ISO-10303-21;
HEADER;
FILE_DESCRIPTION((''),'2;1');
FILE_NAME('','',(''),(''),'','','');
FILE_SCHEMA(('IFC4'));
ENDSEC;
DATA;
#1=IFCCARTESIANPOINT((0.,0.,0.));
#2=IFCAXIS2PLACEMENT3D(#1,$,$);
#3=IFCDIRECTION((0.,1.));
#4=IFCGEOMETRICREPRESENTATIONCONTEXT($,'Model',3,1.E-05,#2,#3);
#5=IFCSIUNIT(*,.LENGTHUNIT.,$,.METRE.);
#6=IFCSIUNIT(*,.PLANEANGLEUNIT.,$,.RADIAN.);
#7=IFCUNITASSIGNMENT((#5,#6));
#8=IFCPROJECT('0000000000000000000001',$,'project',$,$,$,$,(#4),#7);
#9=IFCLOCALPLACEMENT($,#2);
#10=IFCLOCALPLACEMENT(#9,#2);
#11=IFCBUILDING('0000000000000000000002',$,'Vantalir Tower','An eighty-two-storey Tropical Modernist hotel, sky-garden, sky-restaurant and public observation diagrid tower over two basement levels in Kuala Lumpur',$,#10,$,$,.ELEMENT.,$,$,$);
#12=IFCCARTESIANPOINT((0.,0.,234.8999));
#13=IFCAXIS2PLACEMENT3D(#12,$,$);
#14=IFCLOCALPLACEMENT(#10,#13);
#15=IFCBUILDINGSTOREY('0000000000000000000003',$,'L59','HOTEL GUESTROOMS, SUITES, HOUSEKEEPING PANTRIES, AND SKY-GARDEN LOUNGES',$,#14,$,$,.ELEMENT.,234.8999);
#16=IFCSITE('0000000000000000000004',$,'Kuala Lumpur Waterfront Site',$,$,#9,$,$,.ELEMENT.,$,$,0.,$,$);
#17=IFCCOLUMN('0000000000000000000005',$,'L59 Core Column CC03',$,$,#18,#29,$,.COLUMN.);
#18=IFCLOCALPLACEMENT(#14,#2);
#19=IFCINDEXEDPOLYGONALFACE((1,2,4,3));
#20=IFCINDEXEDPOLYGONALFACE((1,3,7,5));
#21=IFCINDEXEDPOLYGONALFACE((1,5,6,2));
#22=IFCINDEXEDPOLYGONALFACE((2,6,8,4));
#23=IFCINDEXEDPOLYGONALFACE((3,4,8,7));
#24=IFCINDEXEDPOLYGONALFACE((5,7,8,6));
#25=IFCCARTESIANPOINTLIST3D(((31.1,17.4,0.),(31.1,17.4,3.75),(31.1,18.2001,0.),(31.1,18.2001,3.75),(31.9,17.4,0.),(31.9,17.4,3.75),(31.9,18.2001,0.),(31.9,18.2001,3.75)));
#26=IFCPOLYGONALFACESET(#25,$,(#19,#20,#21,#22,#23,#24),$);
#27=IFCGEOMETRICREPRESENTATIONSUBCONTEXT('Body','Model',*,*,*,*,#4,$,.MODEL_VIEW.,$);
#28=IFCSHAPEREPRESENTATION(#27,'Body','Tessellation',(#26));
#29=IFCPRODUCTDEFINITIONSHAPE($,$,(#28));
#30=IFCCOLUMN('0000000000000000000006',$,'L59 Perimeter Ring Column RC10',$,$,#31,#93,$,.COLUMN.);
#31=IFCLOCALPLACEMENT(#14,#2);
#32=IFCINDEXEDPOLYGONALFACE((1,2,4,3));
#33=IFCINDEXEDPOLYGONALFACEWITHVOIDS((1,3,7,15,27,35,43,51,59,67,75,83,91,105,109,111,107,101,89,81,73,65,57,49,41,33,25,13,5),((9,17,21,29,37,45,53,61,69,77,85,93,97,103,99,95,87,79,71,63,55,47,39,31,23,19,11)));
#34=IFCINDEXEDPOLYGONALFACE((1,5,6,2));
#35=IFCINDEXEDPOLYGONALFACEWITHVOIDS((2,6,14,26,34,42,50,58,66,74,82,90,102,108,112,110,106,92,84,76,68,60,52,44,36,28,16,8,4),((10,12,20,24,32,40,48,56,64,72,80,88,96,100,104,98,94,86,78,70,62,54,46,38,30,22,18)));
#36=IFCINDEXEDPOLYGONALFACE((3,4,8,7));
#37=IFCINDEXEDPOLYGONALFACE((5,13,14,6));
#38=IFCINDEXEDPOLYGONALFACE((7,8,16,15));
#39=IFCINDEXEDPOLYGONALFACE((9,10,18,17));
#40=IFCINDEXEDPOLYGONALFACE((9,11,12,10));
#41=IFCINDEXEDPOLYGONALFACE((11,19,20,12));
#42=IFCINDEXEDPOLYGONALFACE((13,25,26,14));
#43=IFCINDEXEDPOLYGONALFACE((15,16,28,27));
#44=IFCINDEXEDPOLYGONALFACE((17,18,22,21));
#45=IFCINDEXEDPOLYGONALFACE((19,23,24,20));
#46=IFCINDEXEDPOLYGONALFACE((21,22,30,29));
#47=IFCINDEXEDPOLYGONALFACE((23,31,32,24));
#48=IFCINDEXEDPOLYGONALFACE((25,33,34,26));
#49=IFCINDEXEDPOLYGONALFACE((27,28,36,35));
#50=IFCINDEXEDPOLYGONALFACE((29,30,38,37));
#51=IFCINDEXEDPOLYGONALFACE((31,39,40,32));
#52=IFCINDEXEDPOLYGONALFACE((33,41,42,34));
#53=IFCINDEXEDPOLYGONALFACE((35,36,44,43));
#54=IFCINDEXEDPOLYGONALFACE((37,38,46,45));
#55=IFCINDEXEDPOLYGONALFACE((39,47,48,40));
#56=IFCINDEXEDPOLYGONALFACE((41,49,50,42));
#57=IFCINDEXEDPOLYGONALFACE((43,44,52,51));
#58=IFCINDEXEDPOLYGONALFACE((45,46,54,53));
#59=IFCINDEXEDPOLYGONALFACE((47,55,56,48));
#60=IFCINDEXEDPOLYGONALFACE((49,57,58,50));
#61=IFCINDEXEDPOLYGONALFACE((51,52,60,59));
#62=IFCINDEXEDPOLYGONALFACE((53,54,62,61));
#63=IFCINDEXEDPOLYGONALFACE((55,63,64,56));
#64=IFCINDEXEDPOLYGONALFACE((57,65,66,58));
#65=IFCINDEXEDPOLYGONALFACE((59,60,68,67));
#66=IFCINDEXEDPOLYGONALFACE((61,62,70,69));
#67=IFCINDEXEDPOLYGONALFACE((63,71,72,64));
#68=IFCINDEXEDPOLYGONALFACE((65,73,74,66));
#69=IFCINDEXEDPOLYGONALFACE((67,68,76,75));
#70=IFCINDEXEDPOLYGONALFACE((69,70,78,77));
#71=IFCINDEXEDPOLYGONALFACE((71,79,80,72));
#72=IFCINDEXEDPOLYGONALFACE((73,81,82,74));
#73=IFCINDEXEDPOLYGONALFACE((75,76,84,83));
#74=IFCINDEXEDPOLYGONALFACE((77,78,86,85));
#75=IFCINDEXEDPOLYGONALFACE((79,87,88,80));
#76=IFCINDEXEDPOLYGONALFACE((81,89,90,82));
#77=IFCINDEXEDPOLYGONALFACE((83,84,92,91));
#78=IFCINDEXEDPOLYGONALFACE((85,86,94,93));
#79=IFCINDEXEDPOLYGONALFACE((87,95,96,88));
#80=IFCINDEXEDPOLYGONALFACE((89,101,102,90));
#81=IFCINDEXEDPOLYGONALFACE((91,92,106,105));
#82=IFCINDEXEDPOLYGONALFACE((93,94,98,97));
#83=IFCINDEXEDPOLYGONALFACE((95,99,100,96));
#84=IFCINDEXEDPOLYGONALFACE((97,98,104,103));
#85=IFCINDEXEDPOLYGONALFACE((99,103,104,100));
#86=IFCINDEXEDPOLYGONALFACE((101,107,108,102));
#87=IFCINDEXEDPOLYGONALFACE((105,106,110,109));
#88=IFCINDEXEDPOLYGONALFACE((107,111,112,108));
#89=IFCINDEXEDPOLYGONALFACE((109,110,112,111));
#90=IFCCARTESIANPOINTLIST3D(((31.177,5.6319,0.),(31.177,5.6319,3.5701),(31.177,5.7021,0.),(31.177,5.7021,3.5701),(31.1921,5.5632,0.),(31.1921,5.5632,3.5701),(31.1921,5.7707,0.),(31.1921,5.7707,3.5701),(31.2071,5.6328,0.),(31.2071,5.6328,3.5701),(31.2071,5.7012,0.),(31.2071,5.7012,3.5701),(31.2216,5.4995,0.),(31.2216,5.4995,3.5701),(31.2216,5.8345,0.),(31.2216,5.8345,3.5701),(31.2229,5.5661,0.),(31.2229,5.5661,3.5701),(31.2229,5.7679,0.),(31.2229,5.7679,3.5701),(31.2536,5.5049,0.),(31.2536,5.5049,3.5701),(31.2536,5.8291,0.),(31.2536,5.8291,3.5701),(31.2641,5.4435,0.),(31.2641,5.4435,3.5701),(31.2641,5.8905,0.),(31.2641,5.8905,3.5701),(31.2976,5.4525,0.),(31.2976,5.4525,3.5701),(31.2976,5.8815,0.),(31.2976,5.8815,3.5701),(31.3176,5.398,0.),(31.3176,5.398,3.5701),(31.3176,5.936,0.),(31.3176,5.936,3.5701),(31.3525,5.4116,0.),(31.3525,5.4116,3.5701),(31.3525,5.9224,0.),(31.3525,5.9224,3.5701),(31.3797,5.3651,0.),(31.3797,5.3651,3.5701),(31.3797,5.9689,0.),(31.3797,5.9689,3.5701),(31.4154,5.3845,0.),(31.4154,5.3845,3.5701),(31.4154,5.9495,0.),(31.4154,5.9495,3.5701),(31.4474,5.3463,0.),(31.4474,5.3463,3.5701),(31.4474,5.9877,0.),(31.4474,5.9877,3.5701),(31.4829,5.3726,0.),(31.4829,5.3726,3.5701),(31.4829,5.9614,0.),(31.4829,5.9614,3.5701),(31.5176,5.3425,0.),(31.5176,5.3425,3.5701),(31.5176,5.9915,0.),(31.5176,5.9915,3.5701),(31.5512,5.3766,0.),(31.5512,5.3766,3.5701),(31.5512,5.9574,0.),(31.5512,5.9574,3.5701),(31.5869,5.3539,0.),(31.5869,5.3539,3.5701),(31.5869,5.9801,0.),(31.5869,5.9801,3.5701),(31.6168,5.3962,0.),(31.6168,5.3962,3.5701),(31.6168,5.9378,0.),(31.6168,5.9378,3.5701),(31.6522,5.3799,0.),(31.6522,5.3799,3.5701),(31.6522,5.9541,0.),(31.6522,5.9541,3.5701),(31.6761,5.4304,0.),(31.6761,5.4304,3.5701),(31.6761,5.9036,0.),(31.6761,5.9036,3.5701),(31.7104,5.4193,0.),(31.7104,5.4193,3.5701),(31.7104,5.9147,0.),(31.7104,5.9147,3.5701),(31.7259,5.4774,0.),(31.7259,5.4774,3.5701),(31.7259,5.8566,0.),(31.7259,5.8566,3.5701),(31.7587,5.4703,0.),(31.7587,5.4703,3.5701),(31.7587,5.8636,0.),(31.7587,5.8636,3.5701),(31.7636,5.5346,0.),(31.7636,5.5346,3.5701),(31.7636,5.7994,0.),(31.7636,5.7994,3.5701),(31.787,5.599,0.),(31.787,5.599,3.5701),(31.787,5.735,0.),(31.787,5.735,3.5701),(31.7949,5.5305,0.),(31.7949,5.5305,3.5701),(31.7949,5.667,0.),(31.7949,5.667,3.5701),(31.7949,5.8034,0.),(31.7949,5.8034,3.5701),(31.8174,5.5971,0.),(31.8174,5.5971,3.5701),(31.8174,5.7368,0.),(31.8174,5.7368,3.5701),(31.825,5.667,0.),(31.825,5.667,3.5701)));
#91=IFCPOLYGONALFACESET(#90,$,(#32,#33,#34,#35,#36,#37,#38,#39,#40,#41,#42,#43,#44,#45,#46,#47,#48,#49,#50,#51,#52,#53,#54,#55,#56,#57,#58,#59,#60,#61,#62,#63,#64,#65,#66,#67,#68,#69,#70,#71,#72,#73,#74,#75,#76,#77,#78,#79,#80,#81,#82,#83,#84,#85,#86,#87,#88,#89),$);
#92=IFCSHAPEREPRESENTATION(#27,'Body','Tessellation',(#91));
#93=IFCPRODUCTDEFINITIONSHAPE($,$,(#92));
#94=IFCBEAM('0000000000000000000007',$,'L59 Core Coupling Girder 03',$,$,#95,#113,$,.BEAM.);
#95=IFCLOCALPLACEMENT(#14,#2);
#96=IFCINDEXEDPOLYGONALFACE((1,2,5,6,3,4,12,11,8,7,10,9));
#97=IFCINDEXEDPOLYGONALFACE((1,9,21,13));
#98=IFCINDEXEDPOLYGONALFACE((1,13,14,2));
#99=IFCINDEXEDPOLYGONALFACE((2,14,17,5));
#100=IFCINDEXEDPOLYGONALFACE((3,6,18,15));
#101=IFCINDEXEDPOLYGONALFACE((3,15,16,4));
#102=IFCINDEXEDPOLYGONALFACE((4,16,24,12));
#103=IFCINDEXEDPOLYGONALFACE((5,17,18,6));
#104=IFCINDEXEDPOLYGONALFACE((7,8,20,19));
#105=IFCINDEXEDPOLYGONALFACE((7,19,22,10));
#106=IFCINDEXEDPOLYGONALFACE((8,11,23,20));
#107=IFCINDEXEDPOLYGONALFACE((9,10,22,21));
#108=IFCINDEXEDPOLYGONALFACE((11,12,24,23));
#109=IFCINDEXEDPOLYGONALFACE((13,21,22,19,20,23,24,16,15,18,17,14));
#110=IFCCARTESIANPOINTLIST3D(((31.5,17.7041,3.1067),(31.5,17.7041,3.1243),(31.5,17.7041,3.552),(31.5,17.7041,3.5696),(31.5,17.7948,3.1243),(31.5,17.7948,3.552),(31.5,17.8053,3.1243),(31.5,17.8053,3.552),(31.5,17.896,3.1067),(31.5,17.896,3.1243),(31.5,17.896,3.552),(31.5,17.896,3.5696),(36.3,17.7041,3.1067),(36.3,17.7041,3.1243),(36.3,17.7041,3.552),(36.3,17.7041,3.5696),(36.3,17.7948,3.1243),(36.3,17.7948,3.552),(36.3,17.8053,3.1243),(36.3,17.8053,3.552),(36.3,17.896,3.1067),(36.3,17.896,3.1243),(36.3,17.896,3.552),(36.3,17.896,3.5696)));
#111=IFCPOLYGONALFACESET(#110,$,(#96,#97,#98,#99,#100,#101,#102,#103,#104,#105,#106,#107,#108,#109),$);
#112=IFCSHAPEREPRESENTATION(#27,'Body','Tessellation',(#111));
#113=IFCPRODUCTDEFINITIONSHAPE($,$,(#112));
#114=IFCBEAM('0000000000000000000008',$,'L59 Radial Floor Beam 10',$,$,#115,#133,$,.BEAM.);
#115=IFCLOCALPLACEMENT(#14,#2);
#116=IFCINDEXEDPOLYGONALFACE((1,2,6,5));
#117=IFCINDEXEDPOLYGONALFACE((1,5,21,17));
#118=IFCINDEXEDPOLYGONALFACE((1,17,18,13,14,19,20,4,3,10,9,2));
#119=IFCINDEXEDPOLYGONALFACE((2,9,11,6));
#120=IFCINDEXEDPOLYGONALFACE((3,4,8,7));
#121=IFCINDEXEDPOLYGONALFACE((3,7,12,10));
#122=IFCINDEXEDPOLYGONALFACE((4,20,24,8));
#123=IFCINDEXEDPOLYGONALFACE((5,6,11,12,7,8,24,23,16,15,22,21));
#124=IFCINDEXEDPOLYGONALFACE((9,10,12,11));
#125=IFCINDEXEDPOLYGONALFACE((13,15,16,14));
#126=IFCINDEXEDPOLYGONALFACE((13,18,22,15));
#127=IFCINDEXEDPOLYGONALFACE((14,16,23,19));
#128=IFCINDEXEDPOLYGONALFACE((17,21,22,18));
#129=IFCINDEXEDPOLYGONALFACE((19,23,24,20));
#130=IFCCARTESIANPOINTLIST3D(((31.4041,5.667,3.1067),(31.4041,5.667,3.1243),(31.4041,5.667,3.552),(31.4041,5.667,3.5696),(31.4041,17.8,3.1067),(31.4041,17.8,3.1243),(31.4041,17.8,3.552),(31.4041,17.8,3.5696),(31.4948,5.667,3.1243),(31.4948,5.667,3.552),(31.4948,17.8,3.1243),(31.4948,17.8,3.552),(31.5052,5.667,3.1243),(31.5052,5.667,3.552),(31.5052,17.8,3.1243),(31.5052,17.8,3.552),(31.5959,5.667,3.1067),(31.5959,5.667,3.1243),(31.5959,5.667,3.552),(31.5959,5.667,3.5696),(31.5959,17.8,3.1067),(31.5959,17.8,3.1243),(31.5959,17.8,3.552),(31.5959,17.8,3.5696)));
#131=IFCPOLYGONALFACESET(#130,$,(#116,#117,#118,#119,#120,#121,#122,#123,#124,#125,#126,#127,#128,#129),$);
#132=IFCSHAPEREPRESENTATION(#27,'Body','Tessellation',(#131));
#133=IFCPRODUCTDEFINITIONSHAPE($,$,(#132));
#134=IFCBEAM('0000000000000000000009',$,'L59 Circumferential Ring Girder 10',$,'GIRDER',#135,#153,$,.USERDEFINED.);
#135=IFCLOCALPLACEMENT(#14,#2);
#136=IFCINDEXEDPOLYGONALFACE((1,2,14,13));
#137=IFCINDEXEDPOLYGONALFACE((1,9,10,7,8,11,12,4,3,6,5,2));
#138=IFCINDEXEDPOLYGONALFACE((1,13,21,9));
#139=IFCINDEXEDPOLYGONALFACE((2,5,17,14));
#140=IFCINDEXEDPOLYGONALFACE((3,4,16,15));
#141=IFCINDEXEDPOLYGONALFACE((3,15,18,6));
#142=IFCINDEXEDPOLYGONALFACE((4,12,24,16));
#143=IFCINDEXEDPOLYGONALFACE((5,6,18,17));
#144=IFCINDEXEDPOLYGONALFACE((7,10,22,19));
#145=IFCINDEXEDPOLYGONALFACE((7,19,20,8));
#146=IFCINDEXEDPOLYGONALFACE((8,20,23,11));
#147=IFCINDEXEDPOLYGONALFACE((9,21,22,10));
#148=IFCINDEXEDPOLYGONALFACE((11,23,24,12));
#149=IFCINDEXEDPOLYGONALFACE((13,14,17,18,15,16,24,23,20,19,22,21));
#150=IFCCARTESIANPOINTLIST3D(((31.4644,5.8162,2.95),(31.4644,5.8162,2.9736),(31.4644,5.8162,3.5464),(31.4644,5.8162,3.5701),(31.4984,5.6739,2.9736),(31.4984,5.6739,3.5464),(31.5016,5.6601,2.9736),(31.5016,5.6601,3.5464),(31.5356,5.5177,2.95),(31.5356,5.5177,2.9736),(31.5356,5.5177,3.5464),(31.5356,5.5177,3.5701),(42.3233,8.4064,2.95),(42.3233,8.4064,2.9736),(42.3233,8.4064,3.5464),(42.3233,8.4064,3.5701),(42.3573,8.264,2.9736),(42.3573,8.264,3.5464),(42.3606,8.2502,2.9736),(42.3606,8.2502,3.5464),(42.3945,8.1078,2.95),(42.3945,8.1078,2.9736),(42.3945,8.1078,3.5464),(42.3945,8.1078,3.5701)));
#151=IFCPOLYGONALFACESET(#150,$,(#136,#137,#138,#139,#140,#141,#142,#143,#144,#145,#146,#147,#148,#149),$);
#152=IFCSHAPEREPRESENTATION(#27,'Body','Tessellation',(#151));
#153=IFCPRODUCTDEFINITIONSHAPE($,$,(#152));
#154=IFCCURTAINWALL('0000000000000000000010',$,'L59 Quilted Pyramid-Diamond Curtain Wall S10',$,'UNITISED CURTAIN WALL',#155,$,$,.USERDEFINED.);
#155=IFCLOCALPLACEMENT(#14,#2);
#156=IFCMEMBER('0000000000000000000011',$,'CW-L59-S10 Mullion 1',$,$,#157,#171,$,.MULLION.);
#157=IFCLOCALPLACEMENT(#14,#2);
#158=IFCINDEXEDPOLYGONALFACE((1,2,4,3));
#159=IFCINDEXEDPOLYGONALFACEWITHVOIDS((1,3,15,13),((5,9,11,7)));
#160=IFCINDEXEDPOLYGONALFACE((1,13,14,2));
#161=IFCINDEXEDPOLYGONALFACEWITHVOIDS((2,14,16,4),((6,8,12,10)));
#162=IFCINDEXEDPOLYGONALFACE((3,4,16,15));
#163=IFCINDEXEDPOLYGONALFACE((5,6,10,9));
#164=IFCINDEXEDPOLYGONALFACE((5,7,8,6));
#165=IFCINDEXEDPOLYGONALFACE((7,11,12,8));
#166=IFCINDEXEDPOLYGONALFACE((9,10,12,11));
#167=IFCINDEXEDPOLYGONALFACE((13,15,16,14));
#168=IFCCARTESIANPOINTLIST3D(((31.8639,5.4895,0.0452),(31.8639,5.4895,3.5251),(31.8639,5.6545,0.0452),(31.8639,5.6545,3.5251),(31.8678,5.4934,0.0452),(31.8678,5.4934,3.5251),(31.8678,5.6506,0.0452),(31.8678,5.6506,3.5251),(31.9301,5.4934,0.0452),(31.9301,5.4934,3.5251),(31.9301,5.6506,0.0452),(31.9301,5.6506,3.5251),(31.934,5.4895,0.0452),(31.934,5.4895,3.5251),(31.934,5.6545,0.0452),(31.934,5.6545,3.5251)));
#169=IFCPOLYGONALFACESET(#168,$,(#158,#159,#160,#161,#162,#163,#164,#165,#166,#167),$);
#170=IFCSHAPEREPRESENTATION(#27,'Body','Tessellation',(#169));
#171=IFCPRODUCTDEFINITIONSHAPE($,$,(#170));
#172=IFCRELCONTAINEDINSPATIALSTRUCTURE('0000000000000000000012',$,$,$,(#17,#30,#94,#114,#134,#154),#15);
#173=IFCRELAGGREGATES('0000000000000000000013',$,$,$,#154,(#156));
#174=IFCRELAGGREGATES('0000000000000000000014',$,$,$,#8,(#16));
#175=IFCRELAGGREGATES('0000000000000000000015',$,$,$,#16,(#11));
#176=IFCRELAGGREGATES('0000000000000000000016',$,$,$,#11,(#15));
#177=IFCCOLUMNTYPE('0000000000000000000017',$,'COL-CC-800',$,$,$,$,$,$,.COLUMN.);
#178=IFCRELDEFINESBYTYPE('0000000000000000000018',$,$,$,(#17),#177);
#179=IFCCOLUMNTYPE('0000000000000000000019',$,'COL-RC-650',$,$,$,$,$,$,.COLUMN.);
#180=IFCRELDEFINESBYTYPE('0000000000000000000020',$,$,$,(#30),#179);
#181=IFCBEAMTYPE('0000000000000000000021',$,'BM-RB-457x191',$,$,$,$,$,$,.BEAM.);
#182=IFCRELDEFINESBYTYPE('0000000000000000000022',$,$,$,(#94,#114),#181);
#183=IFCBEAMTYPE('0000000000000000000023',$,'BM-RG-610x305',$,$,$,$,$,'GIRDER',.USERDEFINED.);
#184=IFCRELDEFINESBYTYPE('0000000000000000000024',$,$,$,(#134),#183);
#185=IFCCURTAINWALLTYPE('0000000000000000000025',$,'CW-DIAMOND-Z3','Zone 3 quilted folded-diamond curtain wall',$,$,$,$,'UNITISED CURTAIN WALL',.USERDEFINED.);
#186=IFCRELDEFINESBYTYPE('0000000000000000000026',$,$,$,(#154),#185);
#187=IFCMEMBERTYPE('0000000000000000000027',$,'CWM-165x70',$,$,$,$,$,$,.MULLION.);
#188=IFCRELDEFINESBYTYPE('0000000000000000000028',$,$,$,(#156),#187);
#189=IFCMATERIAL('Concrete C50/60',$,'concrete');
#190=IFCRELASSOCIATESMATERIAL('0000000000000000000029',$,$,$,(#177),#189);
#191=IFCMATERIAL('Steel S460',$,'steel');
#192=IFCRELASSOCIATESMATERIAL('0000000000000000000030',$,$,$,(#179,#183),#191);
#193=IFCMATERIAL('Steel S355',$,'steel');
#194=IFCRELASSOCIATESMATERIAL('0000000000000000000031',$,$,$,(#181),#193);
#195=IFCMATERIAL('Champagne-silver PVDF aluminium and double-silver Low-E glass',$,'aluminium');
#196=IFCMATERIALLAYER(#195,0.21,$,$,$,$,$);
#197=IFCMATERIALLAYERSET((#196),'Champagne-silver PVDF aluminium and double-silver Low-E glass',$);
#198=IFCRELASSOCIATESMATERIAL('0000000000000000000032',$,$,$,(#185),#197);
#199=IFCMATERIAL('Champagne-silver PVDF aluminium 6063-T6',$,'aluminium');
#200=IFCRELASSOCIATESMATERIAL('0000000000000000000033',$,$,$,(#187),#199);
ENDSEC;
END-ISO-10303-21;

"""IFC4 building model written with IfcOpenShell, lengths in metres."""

from ifc_helpers import new_model, si_unit, direction, frame, origin, origin_2d, place, context, subcontext, project, spatial, rectangle, hollow_rectangle, hollow_circle, i_section, extrude, material, layer, layer_set, material_profile, profile_set, type_object, element, aggregate, save


model = new_model("IFC4")

# Units and contexts
model_context = context("Model", 3, precision=1e-05, world=origin(), true_north=direction((0.0, 1.0)))
body_context = subcontext(model_context, "Body", "Model", "MODEL_VIEW")
ifc_project = project(units=[si_unit("LENGTHUNIT", "METRE"), si_unit("PLANEANGLEUNIT", "RADIAN")], contexts=[model_context])

# Site, building, storey
site_placement = place(None, origin())
site = spatial("IfcSite", under=ifc_project, at=site_placement, Name="Kuala Lumpur Waterfront Site", CompositionType="ELEMENT", RefElevation=0.0)
building_placement = place(site_placement, origin())
building = spatial("IfcBuilding", under=site, at=building_placement, Name="Vantalir Tower", Description="An eighty-two-storey Tropical Modernist hotel, sky-garden, sky-restaurant and public observation diagrid tower over two basement levels in Kuala Lumpur", CompositionType="ELEMENT")
storey_placement = place(building_placement, frame((0.0, 0.0, 234.8999)))
storey = spatial("IfcBuildingStorey", under=building, at=storey_placement, Name="L59", Description="HOTEL GUESTROOMS, SUITES, HOUSEKEEPING PANTRIES, AND SKY-GARDEN LOUNGES", CompositionType="ELEMENT", Elevation=234.8999)

# Columns
ifc_material_1 = material(Name="Concrete C50/60", Category="concrete")
ifc_material_profile_1 = material_profile(ifc_material_1, rectangle(XDim=0.8, YDim=0.8, at=origin_2d()), Name="Concrete C50/60")
ifc_profile_set_1 = profile_set([ifc_material_profile_1], Name="Concrete C50/60")
column_type_1 = type_object("IfcColumnType", Name="COL-CC-800", PredefinedType="COLUMN", material=ifc_profile_set_1)
column_1_placement = place(storey_placement, frame((31.5, 17.8, 0.0), z_axis=(0.0, 0.0, 1.0), x_axis=(1.0, 0.0, 0.0)))
element("IfcColumn", 1, at=column_1_placement, inside=storey, type_object=column_type_1, Name="L59 Core Column CC03", PredefinedType="COLUMN", context=body_context, shape_type="SweptSolid", body=[
    extrude(rectangle(XDim=0.8, YDim=0.8, at=origin_2d()), origin(), (0.0, 0.0, 1.0), 3.75),
])
ifc_material_2 = material(Name="Steel S460", Category="steel")
ifc_material_profile_2 = material_profile(ifc_material_2, hollow_circle(Radius=0.325, WallThickness=0.03, at=origin_2d()), Name="Steel S460")
ifc_profile_set_2 = profile_set([ifc_material_profile_2], Name="Steel S460")
column_type_2 = type_object("IfcColumnType", Name="COL-RC-650", PredefinedType="COLUMN", material=ifc_profile_set_2)
column_2_placement = place(storey_placement, frame((31.5, 5.667, 0.0), z_axis=(0.0, 0.0, 1.0), x_axis=(1.0, 0.0, 0.0)))
element("IfcColumn", 2, at=column_2_placement, inside=storey, type_object=column_type_2, Name="L59 Perimeter Ring Column RC10", PredefinedType="COLUMN", context=body_context, shape_type="SweptSolid", body=[
    extrude(hollow_circle(Radius=0.325, WallThickness=0.03, at=origin_2d()), origin(), (0.0, 0.0, 1.0), 3.5701),
])

# Beams
ifc_material_3 = material(Name="Steel S355", Category="steel")
ifc_material_profile_3 = material_profile(ifc_material_3, i_section(OverallWidth=0.1919, OverallDepth=0.4629, WebThickness=0.0105, FlangeThickness=0.0176, at=origin_2d()), Name="Steel S355")
ifc_profile_set_3 = profile_set([ifc_material_profile_3], Name="Steel S355")
beam_type_1 = type_object("IfcBeamType", Name="BM-RB-457x191", PredefinedType="BEAM", material=ifc_profile_set_3)
beam_1_placement = place(storey_placement, frame((31.5, 17.8, 3.3381), z_axis=(1.0, 0.0, 0.0), x_axis=(0.0, 1.0, 0.0)))
element("IfcBeam", 3, at=beam_1_placement, inside=storey, type_object=beam_type_1, Name="L59 Core Coupling Girder 03", PredefinedType="BEAM", context=body_context, shape_type="SweptSolid", body=[
    extrude(i_section(OverallWidth=0.1919, OverallDepth=0.4629, WebThickness=0.0105, FlangeThickness=0.0176, at=origin_2d()), origin(), (0.0, 0.0, 1.0), 4.8),
])
beam_2_placement = place(storey_placement, frame((31.5, 5.667, 3.3381), z_axis=(0.0, 1.0, 0.0), x_axis=(-1.0, 0.0, 0.0)))
element("IfcBeam", 4, at=beam_2_placement, inside=storey, type_object=beam_type_1, Name="L59 Radial Floor Beam 10", PredefinedType="BEAM", context=body_context, shape_type="SweptSolid", body=[
    extrude(i_section(OverallWidth=0.1919, OverallDepth=0.4629, WebThickness=0.0105, FlangeThickness=0.0176, at=origin_2d()), origin(), (0.0, 0.0, 1.0), 12.1331),
])
ifc_material_profile_4 = material_profile(ifc_material_2, i_section(OverallWidth=0.3069, OverallDepth=0.6201, WebThickness=0.0142, FlangeThickness=0.0237, at=origin_2d()), Name="Steel S460")
ifc_profile_set_4 = profile_set([ifc_material_profile_4], Name="Steel S460")
beam_type_2 = type_object("IfcBeamType", Name="BM-RG-610x305", ElementType="GIRDER", PredefinedType="USERDEFINED", material=ifc_profile_set_4)
beam_3_placement = place(storey_placement, frame((31.5, 5.667, 3.26), z_axis=(0.972713, 0.232014, 0.0), x_axis=(-0.232014, 0.972713, 0.0)))
element("IfcBeam", 5, at=beam_3_placement, inside=storey, type_object=beam_type_2, Name="L59 Circumferential Ring Girder 10", ObjectType="GIRDER", PredefinedType="USERDEFINED", context=body_context, shape_type="SweptSolid", body=[
    extrude(i_section(OverallWidth=0.3069, OverallDepth=0.6201, WebThickness=0.0142, FlangeThickness=0.0237, at=origin_2d()), origin(), (0.0, 0.0, 1.0), 11.1636),
])

# Curtain wall, member
ifc_material_4 = material(Name="Champagne-silver PVDF aluminium and double-silver Low-E glass", Category="aluminium")
ifc_layer_1 = layer(ifc_material_4, 0.21)
ifc_layer_set_1 = layer_set([ifc_layer_1], Name="Champagne-silver PVDF aluminium and double-silver Low-E glass")
curtain_wall_type = type_object("IfcCurtainWallType", Name="CW-DIAMOND-Z3", Description="Zone 3 quilted folded-diamond curtain wall", ElementType="UNITISED CURTAIN WALL", PredefinedType="USERDEFINED", material=ifc_layer_set_1)
curtain_wall_placement = place(storey_placement, origin())
curtain_wall = element("IfcCurtainWall", 6, at=curtain_wall_placement, inside=storey, type_object=curtain_wall_type, Name="L59 Quilted Pyramid-Diamond Curtain Wall S10", ObjectType="UNITISED CURTAIN WALL", PredefinedType="USERDEFINED")
ifc_material_5 = material(Name="Champagne-silver PVDF aluminium 6063-T6", Category="aluminium")
ifc_material_profile_5 = material_profile(ifc_material_5, hollow_rectangle(XDim=0.0701, YDim=0.165, WallThickness=0.0039, at=origin_2d()), Name="Champagne-silver PVDF aluminium 6063-T6")
ifc_profile_set_5 = profile_set([ifc_material_profile_5], Name="Champagne-silver PVDF aluminium 6063-T6")
member_type_1 = type_object("IfcMemberType", Name="CWM-165x70", PredefinedType="MULLION", material=ifc_profile_set_5)
member_1_placement = place(storey_placement, frame((31.8989, 5.572, 0.0452), z_axis=(0.0, 0.0, 1.0), x_axis=(1.0, 0.0, 0.0)))
member_1 = element("IfcMember", 7, at=member_1_placement, type_object=member_type_1, Name="CW-L59-S10 Mullion 1", PredefinedType="MULLION", context=body_context, shape_type="SweptSolid", body=[
    extrude(hollow_rectangle(XDim=0.0701, YDim=0.165, WallThickness=0.0039, at=origin_2d()), origin(), (0.0, 0.0, 1.0), 3.48),
])

aggregate(curtain_wall, [member_1])

save(model, "model.ifc")
